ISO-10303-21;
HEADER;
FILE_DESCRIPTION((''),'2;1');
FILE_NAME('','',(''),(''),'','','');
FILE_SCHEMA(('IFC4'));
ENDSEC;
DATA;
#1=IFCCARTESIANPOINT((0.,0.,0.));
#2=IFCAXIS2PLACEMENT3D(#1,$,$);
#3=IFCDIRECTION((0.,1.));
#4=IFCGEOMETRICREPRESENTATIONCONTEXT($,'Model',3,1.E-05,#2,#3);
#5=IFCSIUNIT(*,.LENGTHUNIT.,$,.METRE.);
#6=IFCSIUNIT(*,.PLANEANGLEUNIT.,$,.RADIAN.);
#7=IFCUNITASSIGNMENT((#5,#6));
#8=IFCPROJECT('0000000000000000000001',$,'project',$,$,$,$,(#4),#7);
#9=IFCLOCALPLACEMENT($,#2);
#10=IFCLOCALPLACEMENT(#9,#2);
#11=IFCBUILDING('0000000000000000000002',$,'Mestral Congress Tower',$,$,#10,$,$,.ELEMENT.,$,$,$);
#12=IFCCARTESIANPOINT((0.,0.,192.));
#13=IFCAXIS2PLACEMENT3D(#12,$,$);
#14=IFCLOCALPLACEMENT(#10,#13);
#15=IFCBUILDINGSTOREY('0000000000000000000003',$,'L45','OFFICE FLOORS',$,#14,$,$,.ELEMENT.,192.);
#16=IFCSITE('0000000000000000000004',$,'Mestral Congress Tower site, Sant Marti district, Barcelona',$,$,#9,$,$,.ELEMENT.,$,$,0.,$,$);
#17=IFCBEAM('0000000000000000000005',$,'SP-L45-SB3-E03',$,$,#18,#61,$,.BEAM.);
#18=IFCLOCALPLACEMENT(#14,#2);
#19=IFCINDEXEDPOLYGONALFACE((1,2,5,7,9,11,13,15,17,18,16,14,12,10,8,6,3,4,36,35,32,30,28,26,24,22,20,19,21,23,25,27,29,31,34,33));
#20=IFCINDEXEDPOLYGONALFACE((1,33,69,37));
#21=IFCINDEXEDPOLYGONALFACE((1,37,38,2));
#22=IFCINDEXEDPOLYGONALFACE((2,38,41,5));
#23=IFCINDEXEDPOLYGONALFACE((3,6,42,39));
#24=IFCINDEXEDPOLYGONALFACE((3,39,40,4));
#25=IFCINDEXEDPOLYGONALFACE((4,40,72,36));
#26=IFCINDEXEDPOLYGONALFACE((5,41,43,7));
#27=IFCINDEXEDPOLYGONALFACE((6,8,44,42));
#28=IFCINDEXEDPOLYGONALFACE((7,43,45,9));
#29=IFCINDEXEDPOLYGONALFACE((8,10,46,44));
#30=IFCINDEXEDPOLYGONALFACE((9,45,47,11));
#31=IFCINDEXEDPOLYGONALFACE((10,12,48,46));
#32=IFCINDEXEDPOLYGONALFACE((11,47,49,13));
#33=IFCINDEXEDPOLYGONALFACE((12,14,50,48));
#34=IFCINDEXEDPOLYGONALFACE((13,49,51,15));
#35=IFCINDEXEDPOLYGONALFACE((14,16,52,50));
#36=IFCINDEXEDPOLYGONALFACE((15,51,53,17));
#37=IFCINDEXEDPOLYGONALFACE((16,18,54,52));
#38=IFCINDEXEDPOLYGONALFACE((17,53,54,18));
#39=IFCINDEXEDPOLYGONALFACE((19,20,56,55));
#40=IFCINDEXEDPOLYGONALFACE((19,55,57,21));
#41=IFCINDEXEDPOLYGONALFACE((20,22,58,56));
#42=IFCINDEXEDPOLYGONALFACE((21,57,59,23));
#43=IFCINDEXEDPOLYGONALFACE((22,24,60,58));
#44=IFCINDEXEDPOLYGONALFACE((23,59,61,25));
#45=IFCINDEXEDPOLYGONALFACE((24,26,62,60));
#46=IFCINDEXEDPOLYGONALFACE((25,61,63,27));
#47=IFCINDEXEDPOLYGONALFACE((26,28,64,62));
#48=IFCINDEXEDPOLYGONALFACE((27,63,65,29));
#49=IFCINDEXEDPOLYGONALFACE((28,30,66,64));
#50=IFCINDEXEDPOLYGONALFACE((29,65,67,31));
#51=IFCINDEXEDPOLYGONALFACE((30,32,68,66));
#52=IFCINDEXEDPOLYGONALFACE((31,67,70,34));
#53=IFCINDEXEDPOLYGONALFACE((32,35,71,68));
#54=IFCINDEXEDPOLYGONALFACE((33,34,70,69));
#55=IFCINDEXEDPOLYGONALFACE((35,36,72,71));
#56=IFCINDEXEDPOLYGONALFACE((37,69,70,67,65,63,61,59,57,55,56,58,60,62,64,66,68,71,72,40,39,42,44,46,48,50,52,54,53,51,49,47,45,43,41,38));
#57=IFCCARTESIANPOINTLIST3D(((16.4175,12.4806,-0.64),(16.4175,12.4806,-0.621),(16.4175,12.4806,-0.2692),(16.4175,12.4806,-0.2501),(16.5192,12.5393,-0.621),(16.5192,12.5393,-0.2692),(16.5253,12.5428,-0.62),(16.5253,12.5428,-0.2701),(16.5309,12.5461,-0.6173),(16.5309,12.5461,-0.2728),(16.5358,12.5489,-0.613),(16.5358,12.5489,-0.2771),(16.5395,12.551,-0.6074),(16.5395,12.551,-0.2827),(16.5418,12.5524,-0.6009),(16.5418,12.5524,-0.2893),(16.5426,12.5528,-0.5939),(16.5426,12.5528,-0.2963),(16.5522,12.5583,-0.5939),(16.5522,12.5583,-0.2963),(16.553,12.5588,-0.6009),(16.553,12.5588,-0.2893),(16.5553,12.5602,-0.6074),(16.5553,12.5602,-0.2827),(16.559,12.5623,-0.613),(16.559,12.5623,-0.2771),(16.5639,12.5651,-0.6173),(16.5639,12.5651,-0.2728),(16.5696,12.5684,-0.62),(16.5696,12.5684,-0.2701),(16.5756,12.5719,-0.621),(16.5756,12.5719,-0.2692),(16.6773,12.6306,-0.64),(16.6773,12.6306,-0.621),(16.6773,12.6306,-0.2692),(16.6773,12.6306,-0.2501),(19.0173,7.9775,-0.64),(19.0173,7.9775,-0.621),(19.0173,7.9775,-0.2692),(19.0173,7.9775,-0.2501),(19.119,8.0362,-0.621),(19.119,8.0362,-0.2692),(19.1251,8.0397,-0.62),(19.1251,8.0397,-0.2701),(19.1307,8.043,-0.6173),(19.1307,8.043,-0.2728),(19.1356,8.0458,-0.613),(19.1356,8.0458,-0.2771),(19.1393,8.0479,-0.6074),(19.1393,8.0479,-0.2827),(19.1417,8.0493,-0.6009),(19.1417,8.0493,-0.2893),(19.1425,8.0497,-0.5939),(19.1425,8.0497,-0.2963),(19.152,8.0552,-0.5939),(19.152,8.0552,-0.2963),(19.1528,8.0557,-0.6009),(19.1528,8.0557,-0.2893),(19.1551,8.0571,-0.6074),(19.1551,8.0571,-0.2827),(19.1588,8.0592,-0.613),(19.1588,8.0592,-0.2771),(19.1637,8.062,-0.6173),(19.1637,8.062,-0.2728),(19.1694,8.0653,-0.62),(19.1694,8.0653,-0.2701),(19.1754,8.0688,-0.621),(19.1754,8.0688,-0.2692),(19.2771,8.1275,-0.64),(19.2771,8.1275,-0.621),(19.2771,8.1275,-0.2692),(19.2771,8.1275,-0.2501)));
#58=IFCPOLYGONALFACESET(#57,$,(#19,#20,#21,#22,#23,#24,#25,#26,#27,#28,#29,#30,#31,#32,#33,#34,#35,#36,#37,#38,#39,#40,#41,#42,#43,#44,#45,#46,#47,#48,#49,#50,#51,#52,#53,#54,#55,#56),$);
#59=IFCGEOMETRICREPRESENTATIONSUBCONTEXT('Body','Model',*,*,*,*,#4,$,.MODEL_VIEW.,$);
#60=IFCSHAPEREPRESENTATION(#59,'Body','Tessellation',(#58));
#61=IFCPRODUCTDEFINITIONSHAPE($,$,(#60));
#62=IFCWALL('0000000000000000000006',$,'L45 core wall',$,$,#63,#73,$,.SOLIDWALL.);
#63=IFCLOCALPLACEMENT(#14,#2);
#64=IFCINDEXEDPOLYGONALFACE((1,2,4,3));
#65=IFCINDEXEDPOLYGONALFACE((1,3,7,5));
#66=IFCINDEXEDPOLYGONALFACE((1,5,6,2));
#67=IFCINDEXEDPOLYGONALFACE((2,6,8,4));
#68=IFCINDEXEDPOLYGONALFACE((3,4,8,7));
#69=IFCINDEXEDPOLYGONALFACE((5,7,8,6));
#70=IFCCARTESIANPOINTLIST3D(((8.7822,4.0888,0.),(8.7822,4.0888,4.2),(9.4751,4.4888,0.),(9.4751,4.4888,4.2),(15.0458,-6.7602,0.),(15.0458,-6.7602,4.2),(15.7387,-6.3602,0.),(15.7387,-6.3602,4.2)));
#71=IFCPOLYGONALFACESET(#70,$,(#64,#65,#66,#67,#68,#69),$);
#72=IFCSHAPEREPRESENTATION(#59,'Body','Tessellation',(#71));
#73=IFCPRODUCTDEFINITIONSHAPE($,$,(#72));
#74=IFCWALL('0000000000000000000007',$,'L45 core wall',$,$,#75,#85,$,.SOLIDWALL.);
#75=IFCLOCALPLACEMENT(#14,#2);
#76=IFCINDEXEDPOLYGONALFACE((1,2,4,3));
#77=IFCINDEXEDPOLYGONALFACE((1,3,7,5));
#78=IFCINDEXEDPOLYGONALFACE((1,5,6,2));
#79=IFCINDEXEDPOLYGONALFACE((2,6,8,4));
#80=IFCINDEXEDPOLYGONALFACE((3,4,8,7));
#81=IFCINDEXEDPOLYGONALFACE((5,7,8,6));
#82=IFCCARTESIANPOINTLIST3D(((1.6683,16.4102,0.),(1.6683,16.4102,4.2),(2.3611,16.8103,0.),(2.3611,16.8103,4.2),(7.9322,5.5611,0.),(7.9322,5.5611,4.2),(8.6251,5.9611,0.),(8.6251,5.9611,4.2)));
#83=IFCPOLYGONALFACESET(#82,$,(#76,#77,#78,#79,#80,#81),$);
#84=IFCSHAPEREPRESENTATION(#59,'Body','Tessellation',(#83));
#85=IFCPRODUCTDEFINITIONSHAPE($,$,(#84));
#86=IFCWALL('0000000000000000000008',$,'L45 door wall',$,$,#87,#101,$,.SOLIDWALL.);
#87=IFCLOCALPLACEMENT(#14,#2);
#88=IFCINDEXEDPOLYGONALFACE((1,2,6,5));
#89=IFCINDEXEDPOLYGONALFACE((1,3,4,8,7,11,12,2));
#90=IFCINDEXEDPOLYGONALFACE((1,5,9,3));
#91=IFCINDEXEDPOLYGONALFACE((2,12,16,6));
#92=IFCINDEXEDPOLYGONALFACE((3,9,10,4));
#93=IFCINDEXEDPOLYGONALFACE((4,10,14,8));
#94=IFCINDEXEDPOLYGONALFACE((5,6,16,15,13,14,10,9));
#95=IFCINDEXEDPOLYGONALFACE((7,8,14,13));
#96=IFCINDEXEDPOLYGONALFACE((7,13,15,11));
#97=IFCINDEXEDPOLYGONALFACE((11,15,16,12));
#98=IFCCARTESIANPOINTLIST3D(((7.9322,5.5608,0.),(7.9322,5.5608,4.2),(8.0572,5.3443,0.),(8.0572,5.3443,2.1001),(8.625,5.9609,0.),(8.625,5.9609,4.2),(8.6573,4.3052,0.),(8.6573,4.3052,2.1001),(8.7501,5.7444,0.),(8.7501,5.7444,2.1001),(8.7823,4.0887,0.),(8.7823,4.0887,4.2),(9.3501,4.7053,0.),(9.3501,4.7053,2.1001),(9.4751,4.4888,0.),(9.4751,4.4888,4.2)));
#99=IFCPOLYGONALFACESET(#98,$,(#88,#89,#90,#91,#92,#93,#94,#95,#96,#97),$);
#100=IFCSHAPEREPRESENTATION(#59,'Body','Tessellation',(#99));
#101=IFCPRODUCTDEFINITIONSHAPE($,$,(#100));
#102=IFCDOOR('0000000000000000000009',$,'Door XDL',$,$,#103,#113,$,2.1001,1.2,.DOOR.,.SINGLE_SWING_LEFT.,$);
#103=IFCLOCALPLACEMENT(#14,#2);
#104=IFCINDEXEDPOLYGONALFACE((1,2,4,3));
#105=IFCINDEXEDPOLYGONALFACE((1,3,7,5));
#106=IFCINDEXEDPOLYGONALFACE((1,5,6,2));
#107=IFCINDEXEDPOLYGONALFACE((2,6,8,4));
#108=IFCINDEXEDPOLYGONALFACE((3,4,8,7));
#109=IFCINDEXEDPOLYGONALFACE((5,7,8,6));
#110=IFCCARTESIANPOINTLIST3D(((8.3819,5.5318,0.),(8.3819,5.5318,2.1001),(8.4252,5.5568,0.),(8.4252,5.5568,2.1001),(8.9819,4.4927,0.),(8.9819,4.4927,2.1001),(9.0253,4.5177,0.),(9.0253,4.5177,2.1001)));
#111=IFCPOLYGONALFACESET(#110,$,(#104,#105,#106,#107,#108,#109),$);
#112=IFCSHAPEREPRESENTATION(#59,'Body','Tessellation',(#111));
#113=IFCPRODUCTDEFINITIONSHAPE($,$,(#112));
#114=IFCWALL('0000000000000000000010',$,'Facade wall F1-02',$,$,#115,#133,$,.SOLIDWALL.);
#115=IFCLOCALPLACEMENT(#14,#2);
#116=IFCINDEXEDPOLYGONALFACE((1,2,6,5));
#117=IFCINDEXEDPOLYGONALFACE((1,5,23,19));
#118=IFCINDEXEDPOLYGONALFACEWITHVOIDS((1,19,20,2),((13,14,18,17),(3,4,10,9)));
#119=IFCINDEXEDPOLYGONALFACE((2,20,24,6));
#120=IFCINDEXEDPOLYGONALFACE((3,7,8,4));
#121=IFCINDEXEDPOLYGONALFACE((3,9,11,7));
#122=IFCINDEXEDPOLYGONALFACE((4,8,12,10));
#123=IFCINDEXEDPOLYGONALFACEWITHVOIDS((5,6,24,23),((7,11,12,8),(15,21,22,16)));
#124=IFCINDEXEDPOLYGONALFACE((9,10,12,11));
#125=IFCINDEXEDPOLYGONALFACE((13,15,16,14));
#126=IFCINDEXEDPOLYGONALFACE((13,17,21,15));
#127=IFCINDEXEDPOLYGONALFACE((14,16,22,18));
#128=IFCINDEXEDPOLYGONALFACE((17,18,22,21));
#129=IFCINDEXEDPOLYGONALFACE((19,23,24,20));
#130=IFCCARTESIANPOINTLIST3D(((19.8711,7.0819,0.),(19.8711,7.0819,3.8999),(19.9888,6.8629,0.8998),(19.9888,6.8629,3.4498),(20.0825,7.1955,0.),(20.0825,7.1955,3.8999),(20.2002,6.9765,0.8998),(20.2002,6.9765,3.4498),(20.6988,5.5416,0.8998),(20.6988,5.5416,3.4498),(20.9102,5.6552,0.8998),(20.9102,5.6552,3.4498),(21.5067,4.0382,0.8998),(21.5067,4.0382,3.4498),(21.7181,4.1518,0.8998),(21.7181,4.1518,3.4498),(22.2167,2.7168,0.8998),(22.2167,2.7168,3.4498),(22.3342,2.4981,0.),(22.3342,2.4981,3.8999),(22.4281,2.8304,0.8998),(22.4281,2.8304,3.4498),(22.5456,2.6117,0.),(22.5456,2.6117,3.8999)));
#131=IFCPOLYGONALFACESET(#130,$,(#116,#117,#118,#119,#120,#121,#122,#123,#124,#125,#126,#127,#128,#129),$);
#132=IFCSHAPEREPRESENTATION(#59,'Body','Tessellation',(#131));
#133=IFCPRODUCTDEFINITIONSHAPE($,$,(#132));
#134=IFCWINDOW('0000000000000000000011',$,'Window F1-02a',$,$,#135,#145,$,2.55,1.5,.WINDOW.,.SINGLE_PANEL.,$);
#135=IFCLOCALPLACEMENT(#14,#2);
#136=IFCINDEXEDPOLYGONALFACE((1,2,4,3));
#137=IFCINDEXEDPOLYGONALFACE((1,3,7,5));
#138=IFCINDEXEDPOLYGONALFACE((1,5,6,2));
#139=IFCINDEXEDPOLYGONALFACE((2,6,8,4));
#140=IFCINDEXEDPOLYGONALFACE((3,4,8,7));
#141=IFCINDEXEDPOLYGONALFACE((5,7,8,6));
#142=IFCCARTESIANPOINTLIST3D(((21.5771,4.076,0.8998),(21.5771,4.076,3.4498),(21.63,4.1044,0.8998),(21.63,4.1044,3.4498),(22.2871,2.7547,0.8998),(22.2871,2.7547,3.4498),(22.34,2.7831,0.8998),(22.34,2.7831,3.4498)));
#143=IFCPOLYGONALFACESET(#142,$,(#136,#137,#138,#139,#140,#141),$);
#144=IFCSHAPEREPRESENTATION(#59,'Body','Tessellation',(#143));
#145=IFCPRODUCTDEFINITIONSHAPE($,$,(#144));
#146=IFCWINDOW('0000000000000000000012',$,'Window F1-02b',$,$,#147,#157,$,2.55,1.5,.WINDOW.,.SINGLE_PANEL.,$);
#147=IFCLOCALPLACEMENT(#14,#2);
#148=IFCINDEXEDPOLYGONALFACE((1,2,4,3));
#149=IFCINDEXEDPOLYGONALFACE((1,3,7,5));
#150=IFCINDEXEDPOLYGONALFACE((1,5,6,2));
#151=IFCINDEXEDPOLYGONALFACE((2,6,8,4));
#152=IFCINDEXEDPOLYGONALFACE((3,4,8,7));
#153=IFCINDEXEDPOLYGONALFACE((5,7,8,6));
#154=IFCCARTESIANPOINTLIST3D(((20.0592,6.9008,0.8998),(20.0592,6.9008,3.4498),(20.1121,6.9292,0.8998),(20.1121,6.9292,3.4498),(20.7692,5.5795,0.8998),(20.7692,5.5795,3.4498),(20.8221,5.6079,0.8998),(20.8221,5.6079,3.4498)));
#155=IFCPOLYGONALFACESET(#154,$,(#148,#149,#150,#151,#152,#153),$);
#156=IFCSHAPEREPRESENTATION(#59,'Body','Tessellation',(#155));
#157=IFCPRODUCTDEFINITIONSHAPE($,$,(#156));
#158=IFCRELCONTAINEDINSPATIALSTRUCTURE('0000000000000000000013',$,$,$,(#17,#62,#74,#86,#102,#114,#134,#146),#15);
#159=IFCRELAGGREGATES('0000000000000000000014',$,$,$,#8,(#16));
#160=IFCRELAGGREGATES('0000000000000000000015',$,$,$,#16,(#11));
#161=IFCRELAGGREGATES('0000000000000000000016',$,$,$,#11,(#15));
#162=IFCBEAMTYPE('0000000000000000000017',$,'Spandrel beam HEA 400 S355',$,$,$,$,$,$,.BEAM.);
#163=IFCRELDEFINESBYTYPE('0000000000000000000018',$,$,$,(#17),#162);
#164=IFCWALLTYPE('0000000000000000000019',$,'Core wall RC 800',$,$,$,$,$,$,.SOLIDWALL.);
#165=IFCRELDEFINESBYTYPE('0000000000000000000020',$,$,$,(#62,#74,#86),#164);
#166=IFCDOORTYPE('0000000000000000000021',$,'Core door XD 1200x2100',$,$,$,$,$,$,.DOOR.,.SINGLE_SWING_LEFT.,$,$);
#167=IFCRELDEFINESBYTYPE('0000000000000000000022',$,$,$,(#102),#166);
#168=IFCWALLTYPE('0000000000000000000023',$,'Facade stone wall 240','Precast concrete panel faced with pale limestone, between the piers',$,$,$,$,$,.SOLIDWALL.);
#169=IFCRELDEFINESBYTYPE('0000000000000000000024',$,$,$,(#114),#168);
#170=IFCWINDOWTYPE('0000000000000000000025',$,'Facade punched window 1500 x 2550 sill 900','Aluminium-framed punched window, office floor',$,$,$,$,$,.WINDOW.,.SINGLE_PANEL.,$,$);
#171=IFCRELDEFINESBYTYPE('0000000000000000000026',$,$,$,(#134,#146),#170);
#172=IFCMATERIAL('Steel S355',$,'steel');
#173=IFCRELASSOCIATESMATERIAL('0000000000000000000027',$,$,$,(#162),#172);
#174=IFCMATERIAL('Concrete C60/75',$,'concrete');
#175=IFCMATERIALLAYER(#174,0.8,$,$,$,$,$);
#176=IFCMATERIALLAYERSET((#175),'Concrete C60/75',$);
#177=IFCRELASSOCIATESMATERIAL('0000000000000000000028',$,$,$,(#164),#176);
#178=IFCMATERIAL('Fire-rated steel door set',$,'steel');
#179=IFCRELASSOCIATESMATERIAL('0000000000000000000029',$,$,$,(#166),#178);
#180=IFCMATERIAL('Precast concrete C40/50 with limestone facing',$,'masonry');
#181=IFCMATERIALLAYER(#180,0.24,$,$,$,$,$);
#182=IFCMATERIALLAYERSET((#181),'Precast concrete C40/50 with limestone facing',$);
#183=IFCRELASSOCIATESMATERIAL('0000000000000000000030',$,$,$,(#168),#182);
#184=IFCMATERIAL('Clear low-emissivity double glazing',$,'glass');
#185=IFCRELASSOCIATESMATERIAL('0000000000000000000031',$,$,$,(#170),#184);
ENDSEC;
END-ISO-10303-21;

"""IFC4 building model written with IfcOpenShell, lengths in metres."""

from ifc_helpers import new_model, si_unit, direction, frame, frame_2d, origin, origin_2d, place, context, subcontext, project, spatial, rectangle, i_section, extrude, material, layer, layer_set, material_profile, profile_set, type_object, element, fill, save


model = new_model("IFC4")

# Units and contexts
model_context = context("Model", 3, precision=1e-05, world=origin(), true_north=direction((0.0, 1.0)))
body_context = subcontext(model_context, "Body", "Model", "MODEL_VIEW")
ifc_project = project(units=[si_unit("LENGTHUNIT", "METRE"), si_unit("PLANEANGLEUNIT", "RADIAN")], contexts=[model_context])

# Site, building, storey
site_placement = place(None, origin())
site = spatial("IfcSite", under=ifc_project, at=site_placement, Name="Mestral Congress Tower site, Sant Marti district, Barcelona", CompositionType="ELEMENT", RefElevation=0.0)
building_placement = place(site_placement, origin())
building = spatial("IfcBuilding", under=site, at=building_placement, Name="Mestral Congress Tower", CompositionType="ELEMENT")
storey_placement = place(building_placement, frame((0.0, 0.0, 192.0)))
storey = spatial("IfcBuildingStorey", under=building, at=storey_placement, Name="L45", Description="OFFICE FLOORS", CompositionType="ELEMENT", Elevation=192.0)

# Shared definitions
ifc_material_1 = material(Name="Concrete C60/75", Category="concrete")

# Beam
ifc_material_2 = material(Name="Steel S355", Category="steel")
ifc_material_profile_1 = material_profile(ifc_material_2, i_section(OverallWidth=0.3, OverallDepth=0.3899, WebThickness=0.011, FlangeThickness=0.019, FilletRadius=0.0271, at=origin_2d()), Name="HEA 400")
ifc_profile_set_1 = profile_set([ifc_material_profile_1], Name="Steel S355")
beam_type_1 = type_object("IfcBeamType", Name="Spandrel beam HEA 400 S355", PredefinedType="BEAM", material=ifc_profile_set_1)
for number, where, z_axis, x_axis, name in (
    (1, (19.1472, 8.0525, -0.4451), (-0.499992, 0.86603, 0.0), (-0.86603, -0.499992, 0.0), "SP-L45-SB3-E03"),
):
    element("IfcBeam", number, at=place(storey_placement, frame(where, z_axis=z_axis, x_axis=x_axis)), inside=storey, type_object=beam_type_1, Name=name, PredefinedType="BEAM", context=body_context, shape_type="SweptSolid", body=[
        extrude(i_section(OverallWidth=0.3, OverallDepth=0.3899, WebThickness=0.011, FlangeThickness=0.019, FilletRadius=0.0271, at=origin_2d()), origin(), (0.0, 0.0, 1.0), 5.1997),
    ])

# Walls
ifc_layer_1 = layer(ifc_material_1, 0.8)
ifc_layer_set_1 = layer_set([ifc_layer_1], Name="Concrete C60/75")
wall_type_1 = type_object("IfcWallType", Name="Core wall RC 800", PredefinedType="SOLIDWALL", material=ifc_layer_set_1)
wall_1_placement = place(storey_placement, frame((9.1287, 4.2888, 0.0), z_axis=(0.0, 0.0, 1.0), x_axis=(0.499996, -0.866028, 0.0)))
element("IfcWall", 2, at=wall_1_placement, inside=storey, type_object=wall_type_1, Name="L45 core wall", PredefinedType="SOLIDWALL", context=body_context, shape_type="SweptSolid", body=[
    extrude(rectangle(XDim=12.5273, YDim=0.8, at=frame_2d((6.2637, 0.0))), origin(), (0.0, 0.0, 1.0), 4.2),
])
wall_2_placement = place(storey_placement, frame((8.2786, 5.7612, 0.0), z_axis=(0.0, 0.0, 1.0), x_axis=(-0.50001, 0.866019, 0.0)))
element("IfcWall", 3, at=wall_2_placement, inside=storey, type_object=wall_type_1, Name="L45 core wall", PredefinedType="SOLIDWALL", context=body_context, shape_type="SweptSolid", body=[
    extrude(rectangle(XDim=12.5276, YDim=0.8, at=frame_2d((6.2637, 0.0))), origin(), (0.0, 0.0, 1.0), 4.2),
])

# Wall, opening, door
wall_3_placement = place(storey_placement, frame((8.2786, 5.761, 0.0), z_axis=(0.0, 0.0, 1.0), x_axis=(0.500062, -0.865989, 0.0)))
wall_3 = element("IfcWall", 4, at=wall_3_placement, inside=storey, type_object=wall_type_1, Name="L45 door wall", PredefinedType="SOLIDWALL", context=body_context, shape_type="SweptSolid", body=[
    extrude(rectangle(XDim=1.7, YDim=0.8, at=frame_2d((0.8501, 0.0))), origin(), (0.0, 0.0, 1.0), 4.2),
])
opening_1_placement = place(wall_3_placement, frame((0.25, 0.0, 0.0)))
opening_1 = element("IfcOpeningElement", 5, at=opening_1_placement, cuts=wall_3, PredefinedType="OPENING", context=body_context, shape_type="SweptSolid", body=[
    extrude(rectangle(XDim=1.2, YDim=2.1001, at=frame_2d((0.6001, 1.05))), frame((0.0, 0.4099, 0.0), z_axis=(0.0, -1.0, 0.0), x_axis=(1.0, 0.0, 0.0)), (0.0, 0.0, 1.0), 0.8201),
])
ifc_material_3 = material(Name="Fire-rated steel door set", Category="steel")
door_type_1 = type_object("IfcDoorType", Name="Core door XD 1200x2100", OperationType="SINGLE_SWING_LEFT", PredefinedType="DOOR", material=ifc_material_3)
door_1_placement = place(opening_1_placement, origin())
door_1 = element("IfcDoor", 6, at=door_1_placement, inside=storey, type_object=door_type_1, Name="Door XDL", OperationType="SINGLE_SWING_LEFT", OverallHeight=2.1001, OverallWidth=1.2, PredefinedType="DOOR", context=body_context, shape_type="SweptSolid", body=[
    extrude(rectangle(XDim=1.2, YDim=2.1001, at=frame_2d((0.6001, 1.05))), frame((0.0, 0.0249, 0.0), z_axis=(0.0, -1.0, 0.0), x_axis=(1.0, 0.0, 0.0)), (0.0, 0.0, 1.0), 0.05),
])
fill(opening_1, door_1)

# Wall, openings, windows
ifc_material_4 = material(Name="Precast concrete C40/50 with limestone facing", Category="masonry")
ifc_layer_2 = layer(ifc_material_4, 0.24)
ifc_layer_set_2 = layer_set([ifc_layer_2], Name="Precast concrete C40/50 with limestone facing")
wall_type_2 = type_object("IfcWallType", Name="Facade stone wall 240", Description="Precast concrete panel faced with pale limestone, between the piers", PredefinedType="SOLIDWALL", material=ifc_layer_set_2)
wall_4_placement = place(storey_placement, frame((22.4399, 2.5549, 0.0), z_axis=(0.0, 0.0, 1.0), x_axis=(-0.47335, 0.880875, 0.0)))
wall_4 = element("IfcWall", 7, at=wall_4_placement, inside=storey, type_object=wall_type_2, Name="Facade wall F1-02", PredefinedType="SOLIDWALL", context=body_context, shape_type="SweptSolid", body=[
    extrude(rectangle(XDim=5.2036, YDim=0.24, at=frame_2d((2.6018, 0.0))), origin(), (0.0, 0.0, 1.0), 3.8999),
])
opening_2_placement = place(wall_4_placement, frame((0.2483, 0.0, 0.8999)))
opening_2 = element("IfcOpeningElement", 8, at=opening_2_placement, cuts=wall_4, PredefinedType="OPENING", context=body_context, shape_type="SweptSolid", body=[
    extrude(rectangle(XDim=1.5, YDim=2.55, at=frame_2d((0.75, 1.2749))), frame((0.0, 0.1299, 0.0), z_axis=(0.0, -1.0, 0.0), x_axis=(1.0, 0.0, 0.0)), (0.0, 0.0, 1.0), 0.26),
])
opening_3_placement = place(wall_4_placement, frame((3.4551, 0.0, 0.8999)))
opening_3 = element("IfcOpeningElement", 9, at=opening_3_placement, cuts=wall_4, PredefinedType="OPENING", context=body_context, shape_type="SweptSolid", body=[
    extrude(rectangle(XDim=1.5, YDim=2.55, at=frame_2d((0.75, 1.2749))), frame((0.0, 0.1299, 0.0), z_axis=(0.0, -1.0, 0.0), x_axis=(1.0, 0.0, 0.0)), (0.0, 0.0, 1.0), 0.26),
])
ifc_material_5 = material(Name="Clear low-emissivity double glazing", Category="glass")
window_type = type_object("IfcWindowType", Name="Facade punched window 1500 x 2550 sill 900", Description="Aluminium-framed punched window, office floor", PartitioningType="SINGLE_PANEL", PredefinedType="WINDOW", material=ifc_material_5)
window_1_placement = place(opening_2_placement, origin())
window_1 = element("IfcWindow", 10, at=window_1_placement, inside=storey, type_object=window_type, Name="Window F1-02a", OverallHeight=2.55, OverallWidth=1.5, PartitioningType="SINGLE_PANEL", PredefinedType="WINDOW", context=body_context, shape_type="SweptSolid", body=[
    extrude(rectangle(XDim=1.5, YDim=2.55, at=frame_2d((0.75, 1.2749))), frame((0.0, 0.04, 0.0), z_axis=(0.0, -1.0, 0.0), x_axis=(1.0, 0.0, 0.0)), (0.0, 0.0, 1.0), 0.0601),
])
fill(opening_2, window_1)
window_2_placement = place(opening_3_placement, origin())
window_2 = element("IfcWindow", 11, at=window_2_placement, inside=storey, type_object=window_type, Name="Window F1-02b", OverallHeight=2.55, OverallWidth=1.5, PartitioningType="SINGLE_PANEL", PredefinedType="WINDOW", context=body_context, shape_type="SweptSolid", body=[
    extrude(rectangle(XDim=1.5, YDim=2.55, at=frame_2d((0.75, 1.2749))), frame((0.0, 0.04, 0.0), z_axis=(0.0, -1.0, 0.0), x_axis=(1.0, 0.0, 0.0)), (0.0, 0.0, 1.0), 0.0601),
])
fill(opening_3, window_2)

save(model, "model.ifc")
